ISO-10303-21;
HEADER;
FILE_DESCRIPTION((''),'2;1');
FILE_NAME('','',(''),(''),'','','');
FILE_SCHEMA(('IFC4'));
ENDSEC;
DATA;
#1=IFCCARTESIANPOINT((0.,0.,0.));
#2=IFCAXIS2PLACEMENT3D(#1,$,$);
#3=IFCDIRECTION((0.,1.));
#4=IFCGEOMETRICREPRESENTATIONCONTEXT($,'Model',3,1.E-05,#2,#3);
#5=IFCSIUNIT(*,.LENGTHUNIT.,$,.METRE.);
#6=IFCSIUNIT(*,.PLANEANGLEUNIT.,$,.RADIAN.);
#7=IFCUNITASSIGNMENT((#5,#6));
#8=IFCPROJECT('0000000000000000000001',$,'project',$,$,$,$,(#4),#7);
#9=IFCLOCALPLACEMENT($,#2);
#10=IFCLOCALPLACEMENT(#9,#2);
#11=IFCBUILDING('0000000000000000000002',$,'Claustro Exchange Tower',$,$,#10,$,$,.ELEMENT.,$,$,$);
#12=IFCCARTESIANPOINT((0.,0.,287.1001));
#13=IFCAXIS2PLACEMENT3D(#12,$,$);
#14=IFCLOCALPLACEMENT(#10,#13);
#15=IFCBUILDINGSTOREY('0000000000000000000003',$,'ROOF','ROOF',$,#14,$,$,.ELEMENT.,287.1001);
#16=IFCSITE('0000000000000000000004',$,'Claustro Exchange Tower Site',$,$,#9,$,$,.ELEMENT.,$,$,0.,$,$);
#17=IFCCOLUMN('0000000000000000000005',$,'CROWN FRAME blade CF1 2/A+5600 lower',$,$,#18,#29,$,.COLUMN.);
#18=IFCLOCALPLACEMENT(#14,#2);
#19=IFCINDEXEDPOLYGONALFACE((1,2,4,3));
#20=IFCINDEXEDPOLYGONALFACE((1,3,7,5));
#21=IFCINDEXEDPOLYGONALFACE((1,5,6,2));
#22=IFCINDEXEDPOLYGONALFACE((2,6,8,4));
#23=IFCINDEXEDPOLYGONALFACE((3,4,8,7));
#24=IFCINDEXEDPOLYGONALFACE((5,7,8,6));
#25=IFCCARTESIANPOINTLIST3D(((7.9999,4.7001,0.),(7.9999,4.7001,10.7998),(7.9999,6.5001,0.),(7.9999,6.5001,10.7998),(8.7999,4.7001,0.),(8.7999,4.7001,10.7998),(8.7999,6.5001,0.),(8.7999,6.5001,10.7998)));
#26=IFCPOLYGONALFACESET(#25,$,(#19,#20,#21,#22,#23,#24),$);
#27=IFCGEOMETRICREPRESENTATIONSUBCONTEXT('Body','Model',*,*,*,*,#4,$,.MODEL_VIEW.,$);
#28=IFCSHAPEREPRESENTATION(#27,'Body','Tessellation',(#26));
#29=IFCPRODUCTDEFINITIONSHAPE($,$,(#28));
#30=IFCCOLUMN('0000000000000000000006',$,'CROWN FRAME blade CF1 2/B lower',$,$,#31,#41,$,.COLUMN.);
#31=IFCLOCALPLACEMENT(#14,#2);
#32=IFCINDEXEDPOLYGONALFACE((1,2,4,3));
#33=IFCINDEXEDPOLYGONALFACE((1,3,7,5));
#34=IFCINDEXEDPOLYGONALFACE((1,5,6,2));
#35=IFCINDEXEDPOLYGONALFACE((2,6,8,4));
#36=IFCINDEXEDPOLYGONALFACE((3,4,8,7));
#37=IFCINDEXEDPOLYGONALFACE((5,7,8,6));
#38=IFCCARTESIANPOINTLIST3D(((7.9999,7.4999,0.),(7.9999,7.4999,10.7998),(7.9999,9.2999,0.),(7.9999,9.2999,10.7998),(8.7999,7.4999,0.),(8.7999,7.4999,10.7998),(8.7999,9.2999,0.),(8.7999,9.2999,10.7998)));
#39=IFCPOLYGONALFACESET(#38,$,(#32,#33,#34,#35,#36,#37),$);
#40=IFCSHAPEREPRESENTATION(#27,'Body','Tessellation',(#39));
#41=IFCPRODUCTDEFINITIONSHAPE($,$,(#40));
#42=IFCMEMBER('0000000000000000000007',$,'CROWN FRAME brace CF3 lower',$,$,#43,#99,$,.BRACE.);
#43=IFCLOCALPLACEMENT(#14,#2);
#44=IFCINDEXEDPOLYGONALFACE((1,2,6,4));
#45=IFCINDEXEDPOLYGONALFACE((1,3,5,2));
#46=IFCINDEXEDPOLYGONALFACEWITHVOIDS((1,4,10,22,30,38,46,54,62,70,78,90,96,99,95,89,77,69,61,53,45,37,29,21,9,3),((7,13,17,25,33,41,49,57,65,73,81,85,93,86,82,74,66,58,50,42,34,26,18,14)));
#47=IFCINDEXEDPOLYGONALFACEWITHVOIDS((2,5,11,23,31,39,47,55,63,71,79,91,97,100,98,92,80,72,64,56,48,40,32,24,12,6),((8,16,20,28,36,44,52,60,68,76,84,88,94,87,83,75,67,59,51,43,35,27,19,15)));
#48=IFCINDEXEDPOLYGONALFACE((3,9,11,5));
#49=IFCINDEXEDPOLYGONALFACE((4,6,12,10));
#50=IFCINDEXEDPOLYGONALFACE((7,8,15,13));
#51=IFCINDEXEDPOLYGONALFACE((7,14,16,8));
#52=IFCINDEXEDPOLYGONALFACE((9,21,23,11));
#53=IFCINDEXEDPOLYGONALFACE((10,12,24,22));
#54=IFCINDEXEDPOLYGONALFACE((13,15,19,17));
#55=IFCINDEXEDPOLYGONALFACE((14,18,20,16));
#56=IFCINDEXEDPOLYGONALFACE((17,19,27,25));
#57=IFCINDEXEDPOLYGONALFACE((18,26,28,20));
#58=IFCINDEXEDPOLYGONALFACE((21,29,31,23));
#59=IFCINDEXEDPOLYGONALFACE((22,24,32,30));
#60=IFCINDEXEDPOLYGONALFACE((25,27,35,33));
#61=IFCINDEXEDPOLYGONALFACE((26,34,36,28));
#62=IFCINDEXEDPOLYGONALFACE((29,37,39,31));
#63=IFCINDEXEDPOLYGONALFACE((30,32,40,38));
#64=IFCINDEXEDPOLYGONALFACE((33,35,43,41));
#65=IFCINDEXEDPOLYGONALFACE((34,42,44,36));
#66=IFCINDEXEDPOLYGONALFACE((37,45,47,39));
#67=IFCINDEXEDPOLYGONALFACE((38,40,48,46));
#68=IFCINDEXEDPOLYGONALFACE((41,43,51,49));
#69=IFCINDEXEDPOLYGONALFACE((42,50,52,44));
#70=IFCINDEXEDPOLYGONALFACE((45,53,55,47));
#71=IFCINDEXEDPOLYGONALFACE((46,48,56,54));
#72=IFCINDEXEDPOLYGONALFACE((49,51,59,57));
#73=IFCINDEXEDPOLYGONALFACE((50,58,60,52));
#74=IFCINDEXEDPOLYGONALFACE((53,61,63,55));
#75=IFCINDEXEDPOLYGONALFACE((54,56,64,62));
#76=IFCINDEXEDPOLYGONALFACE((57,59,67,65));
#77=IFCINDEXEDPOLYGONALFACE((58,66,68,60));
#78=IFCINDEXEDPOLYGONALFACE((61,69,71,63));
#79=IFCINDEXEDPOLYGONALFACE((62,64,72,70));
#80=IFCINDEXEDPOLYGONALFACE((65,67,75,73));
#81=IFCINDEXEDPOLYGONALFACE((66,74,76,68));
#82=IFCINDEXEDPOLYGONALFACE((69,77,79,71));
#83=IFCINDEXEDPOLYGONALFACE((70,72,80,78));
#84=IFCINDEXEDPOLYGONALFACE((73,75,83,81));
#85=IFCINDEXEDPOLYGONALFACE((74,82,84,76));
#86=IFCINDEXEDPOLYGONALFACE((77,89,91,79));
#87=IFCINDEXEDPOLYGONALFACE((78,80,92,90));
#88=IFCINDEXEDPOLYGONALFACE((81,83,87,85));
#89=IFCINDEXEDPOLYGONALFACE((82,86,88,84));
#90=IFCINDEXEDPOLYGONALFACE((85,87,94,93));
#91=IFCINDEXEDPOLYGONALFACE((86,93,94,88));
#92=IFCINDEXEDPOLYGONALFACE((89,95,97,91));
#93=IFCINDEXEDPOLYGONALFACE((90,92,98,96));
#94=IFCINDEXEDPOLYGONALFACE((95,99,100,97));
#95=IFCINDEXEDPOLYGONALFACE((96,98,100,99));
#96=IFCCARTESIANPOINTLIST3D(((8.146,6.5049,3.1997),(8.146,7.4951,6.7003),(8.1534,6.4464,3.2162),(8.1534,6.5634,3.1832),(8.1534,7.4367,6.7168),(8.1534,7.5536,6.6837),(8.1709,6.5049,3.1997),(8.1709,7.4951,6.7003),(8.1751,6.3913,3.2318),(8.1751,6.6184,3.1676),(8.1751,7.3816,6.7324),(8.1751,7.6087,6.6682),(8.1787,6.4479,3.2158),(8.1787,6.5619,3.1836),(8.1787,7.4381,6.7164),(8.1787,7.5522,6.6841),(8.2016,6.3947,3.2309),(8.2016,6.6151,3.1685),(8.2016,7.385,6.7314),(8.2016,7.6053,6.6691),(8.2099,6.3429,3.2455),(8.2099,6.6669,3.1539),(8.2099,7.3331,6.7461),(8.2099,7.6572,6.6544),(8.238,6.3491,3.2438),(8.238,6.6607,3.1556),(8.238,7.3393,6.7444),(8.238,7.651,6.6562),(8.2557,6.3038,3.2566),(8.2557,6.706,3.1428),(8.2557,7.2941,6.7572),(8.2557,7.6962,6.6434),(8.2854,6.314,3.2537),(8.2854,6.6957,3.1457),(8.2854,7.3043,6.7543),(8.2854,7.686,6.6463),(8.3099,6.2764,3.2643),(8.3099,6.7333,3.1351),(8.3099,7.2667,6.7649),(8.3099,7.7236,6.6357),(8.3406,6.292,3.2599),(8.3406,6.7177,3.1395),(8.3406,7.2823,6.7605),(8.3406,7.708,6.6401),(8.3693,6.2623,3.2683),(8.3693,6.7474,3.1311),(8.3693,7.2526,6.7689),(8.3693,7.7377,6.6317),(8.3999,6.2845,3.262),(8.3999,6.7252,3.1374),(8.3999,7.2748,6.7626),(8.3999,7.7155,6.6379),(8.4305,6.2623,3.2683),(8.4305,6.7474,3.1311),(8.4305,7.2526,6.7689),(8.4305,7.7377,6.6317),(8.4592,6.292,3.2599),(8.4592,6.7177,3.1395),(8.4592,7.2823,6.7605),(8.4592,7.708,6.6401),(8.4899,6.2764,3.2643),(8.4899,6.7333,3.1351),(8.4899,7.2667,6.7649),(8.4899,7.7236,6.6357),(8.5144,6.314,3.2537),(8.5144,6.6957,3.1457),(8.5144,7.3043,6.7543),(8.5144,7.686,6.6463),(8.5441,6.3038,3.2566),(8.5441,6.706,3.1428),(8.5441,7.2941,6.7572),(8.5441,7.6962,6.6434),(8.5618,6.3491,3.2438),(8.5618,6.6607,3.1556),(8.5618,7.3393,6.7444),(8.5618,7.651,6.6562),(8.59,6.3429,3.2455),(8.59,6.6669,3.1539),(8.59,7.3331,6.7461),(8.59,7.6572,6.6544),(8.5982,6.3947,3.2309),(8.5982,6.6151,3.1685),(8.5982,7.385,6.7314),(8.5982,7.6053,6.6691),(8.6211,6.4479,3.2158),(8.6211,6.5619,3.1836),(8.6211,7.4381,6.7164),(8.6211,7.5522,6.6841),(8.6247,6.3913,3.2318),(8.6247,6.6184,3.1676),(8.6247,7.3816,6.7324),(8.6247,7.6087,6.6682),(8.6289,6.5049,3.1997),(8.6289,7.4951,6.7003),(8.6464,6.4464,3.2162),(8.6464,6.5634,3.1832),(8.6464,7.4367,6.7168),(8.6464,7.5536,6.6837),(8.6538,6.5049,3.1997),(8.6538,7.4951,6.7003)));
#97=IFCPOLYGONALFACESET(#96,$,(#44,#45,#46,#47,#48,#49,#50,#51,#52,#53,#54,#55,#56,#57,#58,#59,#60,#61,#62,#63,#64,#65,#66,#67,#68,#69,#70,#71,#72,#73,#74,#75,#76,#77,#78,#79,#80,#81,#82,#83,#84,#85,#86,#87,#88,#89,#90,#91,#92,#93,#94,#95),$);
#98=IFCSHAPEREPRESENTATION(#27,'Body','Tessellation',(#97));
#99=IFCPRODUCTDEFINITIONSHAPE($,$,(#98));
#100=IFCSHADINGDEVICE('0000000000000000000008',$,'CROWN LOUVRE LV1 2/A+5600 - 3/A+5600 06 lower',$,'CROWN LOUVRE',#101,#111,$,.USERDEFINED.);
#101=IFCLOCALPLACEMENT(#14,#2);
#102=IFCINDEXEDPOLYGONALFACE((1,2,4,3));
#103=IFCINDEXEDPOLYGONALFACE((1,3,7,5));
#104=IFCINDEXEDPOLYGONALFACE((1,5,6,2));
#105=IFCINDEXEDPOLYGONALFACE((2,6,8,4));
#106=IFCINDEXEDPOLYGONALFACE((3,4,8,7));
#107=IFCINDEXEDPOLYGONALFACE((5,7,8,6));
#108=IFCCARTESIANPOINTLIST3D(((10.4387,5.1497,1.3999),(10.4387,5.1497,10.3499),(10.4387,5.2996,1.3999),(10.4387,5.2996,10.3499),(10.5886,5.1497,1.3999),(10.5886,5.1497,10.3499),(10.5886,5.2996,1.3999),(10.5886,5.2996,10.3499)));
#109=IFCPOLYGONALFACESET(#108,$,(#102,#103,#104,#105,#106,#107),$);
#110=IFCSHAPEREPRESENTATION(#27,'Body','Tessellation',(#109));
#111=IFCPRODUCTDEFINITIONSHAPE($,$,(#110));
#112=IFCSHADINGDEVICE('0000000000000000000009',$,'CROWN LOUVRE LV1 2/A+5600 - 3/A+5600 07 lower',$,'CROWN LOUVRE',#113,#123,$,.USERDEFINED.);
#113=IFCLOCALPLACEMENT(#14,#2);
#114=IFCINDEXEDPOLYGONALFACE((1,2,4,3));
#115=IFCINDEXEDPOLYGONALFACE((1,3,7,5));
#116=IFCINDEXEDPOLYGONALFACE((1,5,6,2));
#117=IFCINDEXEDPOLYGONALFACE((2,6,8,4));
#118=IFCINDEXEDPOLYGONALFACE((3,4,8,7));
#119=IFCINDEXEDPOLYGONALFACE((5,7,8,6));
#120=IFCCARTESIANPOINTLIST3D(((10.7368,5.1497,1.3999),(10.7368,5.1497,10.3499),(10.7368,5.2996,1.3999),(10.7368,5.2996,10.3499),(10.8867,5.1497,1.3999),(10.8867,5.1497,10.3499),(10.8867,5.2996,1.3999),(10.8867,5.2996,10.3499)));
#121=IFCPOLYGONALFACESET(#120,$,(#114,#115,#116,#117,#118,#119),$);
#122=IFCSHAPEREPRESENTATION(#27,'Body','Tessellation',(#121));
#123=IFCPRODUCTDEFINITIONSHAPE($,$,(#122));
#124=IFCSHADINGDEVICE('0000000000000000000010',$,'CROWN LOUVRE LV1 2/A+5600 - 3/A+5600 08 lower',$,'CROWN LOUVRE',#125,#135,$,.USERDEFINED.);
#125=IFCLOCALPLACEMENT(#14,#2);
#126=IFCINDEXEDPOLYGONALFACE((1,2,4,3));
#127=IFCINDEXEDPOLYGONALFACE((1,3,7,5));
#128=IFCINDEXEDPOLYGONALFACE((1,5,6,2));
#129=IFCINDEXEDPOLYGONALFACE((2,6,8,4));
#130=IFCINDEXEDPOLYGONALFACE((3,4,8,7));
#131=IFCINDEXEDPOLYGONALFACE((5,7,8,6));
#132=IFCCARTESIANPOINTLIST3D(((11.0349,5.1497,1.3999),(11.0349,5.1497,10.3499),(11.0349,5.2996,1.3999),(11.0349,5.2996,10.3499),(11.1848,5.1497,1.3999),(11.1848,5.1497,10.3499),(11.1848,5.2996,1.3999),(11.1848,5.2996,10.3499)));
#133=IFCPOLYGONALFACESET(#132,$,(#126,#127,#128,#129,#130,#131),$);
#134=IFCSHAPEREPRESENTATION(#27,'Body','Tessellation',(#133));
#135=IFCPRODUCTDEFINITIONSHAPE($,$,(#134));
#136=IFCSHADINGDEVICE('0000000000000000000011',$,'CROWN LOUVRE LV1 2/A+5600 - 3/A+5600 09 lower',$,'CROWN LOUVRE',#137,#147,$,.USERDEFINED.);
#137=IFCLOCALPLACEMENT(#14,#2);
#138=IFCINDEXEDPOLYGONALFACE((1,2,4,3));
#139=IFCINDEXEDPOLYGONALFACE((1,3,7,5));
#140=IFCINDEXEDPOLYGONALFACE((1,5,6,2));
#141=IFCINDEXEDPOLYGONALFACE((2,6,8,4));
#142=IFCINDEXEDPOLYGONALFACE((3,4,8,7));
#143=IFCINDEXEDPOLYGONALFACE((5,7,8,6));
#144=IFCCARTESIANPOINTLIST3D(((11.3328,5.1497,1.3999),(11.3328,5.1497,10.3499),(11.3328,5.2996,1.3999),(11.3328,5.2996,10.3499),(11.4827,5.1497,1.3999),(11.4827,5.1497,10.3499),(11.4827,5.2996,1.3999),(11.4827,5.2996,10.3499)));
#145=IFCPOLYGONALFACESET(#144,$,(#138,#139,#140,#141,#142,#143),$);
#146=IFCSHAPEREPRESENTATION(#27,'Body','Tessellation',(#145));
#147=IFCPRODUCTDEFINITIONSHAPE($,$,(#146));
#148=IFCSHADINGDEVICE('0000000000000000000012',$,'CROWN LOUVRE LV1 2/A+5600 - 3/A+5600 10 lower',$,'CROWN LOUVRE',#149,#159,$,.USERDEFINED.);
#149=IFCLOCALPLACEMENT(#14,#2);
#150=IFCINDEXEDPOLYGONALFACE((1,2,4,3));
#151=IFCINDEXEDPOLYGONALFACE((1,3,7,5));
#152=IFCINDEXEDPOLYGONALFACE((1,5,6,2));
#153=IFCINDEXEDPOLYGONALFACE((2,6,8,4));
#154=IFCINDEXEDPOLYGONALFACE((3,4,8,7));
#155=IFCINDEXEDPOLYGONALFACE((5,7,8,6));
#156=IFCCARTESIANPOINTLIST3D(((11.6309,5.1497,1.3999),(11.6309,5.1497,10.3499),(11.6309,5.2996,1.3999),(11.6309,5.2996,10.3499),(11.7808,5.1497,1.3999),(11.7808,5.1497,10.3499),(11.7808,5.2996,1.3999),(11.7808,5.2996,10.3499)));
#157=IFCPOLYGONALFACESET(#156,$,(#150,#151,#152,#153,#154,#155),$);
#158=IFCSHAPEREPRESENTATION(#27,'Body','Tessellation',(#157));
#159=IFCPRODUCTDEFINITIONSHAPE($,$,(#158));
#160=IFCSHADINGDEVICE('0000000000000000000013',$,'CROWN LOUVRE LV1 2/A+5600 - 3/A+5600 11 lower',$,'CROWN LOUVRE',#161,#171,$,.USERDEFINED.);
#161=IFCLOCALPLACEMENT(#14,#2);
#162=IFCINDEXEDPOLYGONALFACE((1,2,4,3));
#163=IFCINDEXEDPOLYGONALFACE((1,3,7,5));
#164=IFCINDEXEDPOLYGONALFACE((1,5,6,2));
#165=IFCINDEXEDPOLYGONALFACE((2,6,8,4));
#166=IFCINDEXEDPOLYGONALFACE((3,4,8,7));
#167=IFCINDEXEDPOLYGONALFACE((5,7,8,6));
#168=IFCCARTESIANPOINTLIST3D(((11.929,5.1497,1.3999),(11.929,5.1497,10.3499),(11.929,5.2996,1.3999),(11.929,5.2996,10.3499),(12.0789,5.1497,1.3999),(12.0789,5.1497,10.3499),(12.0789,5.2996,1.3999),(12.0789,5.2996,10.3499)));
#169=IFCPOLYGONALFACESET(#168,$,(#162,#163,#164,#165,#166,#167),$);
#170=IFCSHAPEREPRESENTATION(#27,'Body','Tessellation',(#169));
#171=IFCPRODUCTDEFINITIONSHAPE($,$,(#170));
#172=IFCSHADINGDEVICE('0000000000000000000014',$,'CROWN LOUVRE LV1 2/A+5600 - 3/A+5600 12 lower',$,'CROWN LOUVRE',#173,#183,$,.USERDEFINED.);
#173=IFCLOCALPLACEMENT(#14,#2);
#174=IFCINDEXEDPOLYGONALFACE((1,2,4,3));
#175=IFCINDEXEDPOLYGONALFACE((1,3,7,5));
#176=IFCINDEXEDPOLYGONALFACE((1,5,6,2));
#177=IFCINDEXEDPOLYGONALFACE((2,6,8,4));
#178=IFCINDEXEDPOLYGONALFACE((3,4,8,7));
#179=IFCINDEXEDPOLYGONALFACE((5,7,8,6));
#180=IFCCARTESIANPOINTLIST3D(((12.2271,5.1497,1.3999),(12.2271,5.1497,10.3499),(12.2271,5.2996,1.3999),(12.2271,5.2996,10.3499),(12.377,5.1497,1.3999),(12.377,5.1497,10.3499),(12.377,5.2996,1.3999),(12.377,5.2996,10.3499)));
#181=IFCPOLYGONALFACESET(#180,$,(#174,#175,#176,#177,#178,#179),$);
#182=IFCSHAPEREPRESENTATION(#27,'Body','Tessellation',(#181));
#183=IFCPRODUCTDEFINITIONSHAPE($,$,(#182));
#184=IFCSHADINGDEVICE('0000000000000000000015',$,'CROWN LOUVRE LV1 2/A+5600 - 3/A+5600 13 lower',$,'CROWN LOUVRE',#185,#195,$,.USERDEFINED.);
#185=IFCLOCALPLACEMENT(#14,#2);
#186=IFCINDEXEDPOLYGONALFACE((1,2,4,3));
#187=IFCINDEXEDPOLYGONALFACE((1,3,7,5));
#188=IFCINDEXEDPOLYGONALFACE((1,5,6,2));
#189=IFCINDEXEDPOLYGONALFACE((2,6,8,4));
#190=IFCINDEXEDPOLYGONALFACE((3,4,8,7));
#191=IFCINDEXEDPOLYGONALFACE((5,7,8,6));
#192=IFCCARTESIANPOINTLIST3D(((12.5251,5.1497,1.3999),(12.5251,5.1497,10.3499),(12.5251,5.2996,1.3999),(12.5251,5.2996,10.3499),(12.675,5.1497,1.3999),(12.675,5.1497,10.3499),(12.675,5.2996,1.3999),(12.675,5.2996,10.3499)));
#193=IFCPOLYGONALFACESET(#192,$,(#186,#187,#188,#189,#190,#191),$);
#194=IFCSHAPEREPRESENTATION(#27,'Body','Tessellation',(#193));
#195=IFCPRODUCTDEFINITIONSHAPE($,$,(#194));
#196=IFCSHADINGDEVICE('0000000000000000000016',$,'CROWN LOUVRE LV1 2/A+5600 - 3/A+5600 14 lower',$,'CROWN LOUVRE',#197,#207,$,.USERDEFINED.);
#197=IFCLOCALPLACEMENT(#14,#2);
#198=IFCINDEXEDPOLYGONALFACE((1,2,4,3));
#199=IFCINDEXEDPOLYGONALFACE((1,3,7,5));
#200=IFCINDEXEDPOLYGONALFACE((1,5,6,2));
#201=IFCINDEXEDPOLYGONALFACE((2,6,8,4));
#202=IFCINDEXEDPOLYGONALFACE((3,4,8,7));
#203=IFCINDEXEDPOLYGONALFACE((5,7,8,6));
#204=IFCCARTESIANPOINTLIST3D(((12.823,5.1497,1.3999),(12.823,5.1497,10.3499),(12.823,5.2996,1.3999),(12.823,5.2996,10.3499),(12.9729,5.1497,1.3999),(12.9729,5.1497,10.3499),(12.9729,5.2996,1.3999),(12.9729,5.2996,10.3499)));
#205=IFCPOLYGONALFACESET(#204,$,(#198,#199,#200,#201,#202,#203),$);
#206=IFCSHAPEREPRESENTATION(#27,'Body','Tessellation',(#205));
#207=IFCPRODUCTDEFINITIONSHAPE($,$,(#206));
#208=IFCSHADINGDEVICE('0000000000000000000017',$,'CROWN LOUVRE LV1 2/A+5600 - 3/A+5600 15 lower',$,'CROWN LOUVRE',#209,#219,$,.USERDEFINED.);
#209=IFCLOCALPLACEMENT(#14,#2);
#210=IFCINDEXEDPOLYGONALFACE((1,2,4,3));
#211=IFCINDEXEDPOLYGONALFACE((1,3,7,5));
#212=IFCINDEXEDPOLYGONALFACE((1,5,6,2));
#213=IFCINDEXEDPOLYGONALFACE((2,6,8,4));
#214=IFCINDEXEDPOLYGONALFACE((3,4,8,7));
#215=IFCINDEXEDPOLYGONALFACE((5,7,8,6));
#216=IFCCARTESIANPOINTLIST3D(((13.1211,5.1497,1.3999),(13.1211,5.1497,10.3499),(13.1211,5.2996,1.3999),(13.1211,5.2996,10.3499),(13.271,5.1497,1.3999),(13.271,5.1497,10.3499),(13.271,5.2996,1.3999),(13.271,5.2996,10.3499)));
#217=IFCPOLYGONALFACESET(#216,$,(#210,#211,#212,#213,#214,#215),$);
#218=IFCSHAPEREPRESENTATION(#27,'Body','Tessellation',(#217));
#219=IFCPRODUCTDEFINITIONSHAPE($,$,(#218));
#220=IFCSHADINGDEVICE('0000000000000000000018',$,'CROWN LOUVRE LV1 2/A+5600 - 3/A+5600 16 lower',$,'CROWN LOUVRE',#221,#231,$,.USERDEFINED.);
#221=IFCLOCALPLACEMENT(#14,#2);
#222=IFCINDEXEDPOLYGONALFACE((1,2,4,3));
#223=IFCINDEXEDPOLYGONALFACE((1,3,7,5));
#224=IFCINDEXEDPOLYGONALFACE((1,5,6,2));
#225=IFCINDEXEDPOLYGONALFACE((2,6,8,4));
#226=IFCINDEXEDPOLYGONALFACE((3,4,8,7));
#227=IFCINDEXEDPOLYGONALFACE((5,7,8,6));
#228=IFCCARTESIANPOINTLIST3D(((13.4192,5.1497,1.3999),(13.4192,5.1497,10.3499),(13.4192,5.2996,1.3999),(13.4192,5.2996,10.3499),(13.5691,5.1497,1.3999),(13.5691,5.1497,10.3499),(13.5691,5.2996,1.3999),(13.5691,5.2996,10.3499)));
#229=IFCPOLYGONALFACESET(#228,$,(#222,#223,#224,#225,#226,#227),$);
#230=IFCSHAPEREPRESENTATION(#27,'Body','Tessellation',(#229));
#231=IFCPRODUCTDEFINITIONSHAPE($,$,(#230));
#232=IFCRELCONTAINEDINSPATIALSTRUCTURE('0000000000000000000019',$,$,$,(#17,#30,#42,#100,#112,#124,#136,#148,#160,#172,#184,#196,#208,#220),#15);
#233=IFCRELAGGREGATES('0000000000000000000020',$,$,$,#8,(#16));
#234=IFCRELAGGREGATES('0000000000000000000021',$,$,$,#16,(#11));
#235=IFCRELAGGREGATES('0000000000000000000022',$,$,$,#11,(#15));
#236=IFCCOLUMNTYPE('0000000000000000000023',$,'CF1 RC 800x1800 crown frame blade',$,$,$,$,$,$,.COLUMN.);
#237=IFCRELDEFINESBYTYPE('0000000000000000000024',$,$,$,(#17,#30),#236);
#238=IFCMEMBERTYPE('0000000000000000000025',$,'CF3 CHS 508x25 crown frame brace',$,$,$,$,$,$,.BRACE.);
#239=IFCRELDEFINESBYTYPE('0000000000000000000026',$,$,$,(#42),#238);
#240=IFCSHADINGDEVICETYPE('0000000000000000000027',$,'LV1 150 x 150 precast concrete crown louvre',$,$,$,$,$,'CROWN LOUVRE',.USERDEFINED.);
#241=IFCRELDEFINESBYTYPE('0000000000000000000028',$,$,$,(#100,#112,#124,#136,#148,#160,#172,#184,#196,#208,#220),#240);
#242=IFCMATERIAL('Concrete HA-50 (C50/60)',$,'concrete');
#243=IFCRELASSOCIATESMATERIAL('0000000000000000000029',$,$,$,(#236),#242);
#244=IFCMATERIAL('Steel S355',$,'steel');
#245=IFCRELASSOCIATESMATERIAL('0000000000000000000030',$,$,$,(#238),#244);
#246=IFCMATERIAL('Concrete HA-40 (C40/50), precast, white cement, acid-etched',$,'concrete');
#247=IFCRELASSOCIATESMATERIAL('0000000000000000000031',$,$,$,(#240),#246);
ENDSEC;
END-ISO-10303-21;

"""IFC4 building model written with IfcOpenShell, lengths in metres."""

from ifc_helpers import new_model, si_unit, direction, frame, origin, origin_2d, place, context, subcontext, project, spatial, rectangle, hollow_circle, extrude, material, material_profile, profile_set, type_object, element, save


model = new_model("IFC4")

# Units and contexts
model_context = context("Model", 3, precision=1e-05, world=origin(), true_north=direction((0.0, 1.0)))
body_context = subcontext(model_context, "Body", "Model", "MODEL_VIEW")
ifc_project = project(units=[si_unit("LENGTHUNIT", "METRE"), si_unit("PLANEANGLEUNIT", "RADIAN")], contexts=[model_context])

# Site, building, storey
site_placement = place(None, origin())
site = spatial("IfcSite", under=ifc_project, at=site_placement, Name="Claustro Exchange Tower Site", CompositionType="ELEMENT", RefElevation=0.0)
building_placement = place(site_placement, origin())
building = spatial("IfcBuilding", under=site, at=building_placement, Name="Claustro Exchange Tower", CompositionType="ELEMENT")
storey_placement = place(building_placement, frame((0.0, 0.0, 287.1001)))
storey = spatial("IfcBuildingStorey", under=building, at=storey_placement, Name="ROOF", Description="ROOF", CompositionType="ELEMENT", Elevation=287.1001)

# Columns
ifc_material_1 = material(Name="Concrete HA-50 (C50/60)", Category="concrete")
ifc_material_profile_1 = material_profile(ifc_material_1, rectangle(XDim=0.8, YDim=1.8, at=origin_2d()), Name="RC 800x1800")
ifc_profile_set_1 = profile_set([ifc_material_profile_1], Name="Concrete HA-50 (C50/60)")
column_type = type_object("IfcColumnType", Name="CF1 RC 800x1800 crown frame blade", PredefinedType="COLUMN", material=ifc_profile_set_1)
for number, where, z_axis, x_axis, name in (
    (1, (8.3999, 5.6001, 0.0), (0.0, 0.0, 1.0), (1.0, 0.0, 0.0), "CROWN FRAME blade CF1 2/A+5600 lower"),
    (2, (8.3999, 8.3999, 0.0), (0.0, 0.0, 1.0), (1.0, 0.0, 0.0), "CROWN FRAME blade CF1 2/B lower"),
):
    element("IfcColumn", number, at=place(storey_placement, frame(where, z_axis=z_axis, x_axis=x_axis)), inside=storey, type_object=column_type, Name=name, PredefinedType="COLUMN", context=body_context, shape_type="SweptSolid", body=[
        extrude(rectangle(XDim=0.8, YDim=1.8, at=origin_2d()), origin(), (0.0, 0.0, 1.0), 10.7998),
    ])

# Member
ifc_material_2 = material(Name="Steel S355", Category="steel")
ifc_material_profile_2 = material_profile(ifc_material_2, hollow_circle(Radius=0.2539, WallThickness=0.0249, at=origin_2d()), Name="CHS 508x25")
ifc_profile_set_2 = profile_set([ifc_material_profile_2], Name="Steel S355")
member_type = type_object("IfcMemberType", Name="CF3 CHS 508x25 crown frame brace", PredefinedType="BRACE", material=ifc_profile_set_2)
member_placement = place(storey_placement, frame((8.3999, 6.5049, 3.1997), z_axis=(0.0, 0.272203, 0.96224), x_axis=(-1.0, 0.0, 0.0)))
element("IfcMember", 3, at=member_placement, inside=storey, type_object=member_type, Name="CROWN FRAME brace CF3 lower", PredefinedType="BRACE", context=body_context, shape_type="SweptSolid", body=[
    extrude(hollow_circle(Radius=0.2539, WallThickness=0.0249, at=origin_2d()), origin(), (0.0, 0.0, 1.0), 3.6379),
])

# Shading devices
ifc_material_3 = material(Name="Concrete HA-40 (C40/50), precast, white cement, acid-etched", Category="concrete")
shading_device_type = type_object("IfcShadingDeviceType", Name="LV1 150 x 150 precast concrete crown louvre", ElementType="CROWN LOUVRE", PredefinedType="USERDEFINED", material=ifc_material_3)
for number, where, z_axis, x_axis, name in (
    (4, (10.5137, 5.2246, 1.3999), (0.0, 0.0, 1.0), (1.0, 0.0, 0.0), "CROWN LOUVRE LV1 2/A+5600 - 3/A+5600 06 lower"),
    (5, (10.8118, 5.2246, 1.3999), (0.0, 0.0, 1.0), (1.0, 0.0, 0.0), "CROWN LOUVRE LV1 2/A+5600 - 3/A+5600 07 lower"),
    (6, (11.1099, 5.2246, 1.3999), (0.0, 0.0, 1.0), (1.0, 0.0, 0.0), "CROWN LOUVRE LV1 2/A+5600 - 3/A+5600 08 lower"),
    (7, (11.4077, 5.2246, 1.3999), (0.0, 0.0, 1.0), (1.0, 0.0, 0.0), "CROWN LOUVRE LV1 2/A+5600 - 3/A+5600 09 lower"),
    (8, (11.7058, 5.2246, 1.3999), (0.0, 0.0, 1.0), (1.0, 0.0, 0.0), "CROWN LOUVRE LV1 2/A+5600 - 3/A+5600 10 lower"),
    (9, (12.0039, 5.2246, 1.3999), (0.0, 0.0, 1.0), (1.0, 0.0, 0.0), "CROWN LOUVRE LV1 2/A+5600 - 3/A+5600 11 lower"),
    (10, (12.302, 5.2246, 1.3999), (0.0, 0.0, 1.0), (1.0, 0.0, 0.0), "CROWN LOUVRE LV1 2/A+5600 - 3/A+5600 12 lower"),
    (11, (12.6001, 5.2246, 1.3999), (0.0, 0.0, 1.0), (1.0, 0.0, 0.0), "CROWN LOUVRE LV1 2/A+5600 - 3/A+5600 13 lower"),
    (12, (12.8979, 5.2246, 1.3999), (0.0, 0.0, 1.0), (1.0, 0.0, 0.0), "CROWN LOUVRE LV1 2/A+5600 - 3/A+5600 14 lower"),
    (13, (13.196, 5.2246, 1.3999), (0.0, 0.0, 1.0), (1.0, 0.0, 0.0), "CROWN LOUVRE LV1 2/A+5600 - 3/A+5600 15 lower"),
    (14, (13.4941, 5.2246, 1.3999), (0.0, 0.0, 1.0), (1.0, 0.0, 0.0), "CROWN LOUVRE LV1 2/A+5600 - 3/A+5600 16 lower"),
):
    element("IfcShadingDevice", number, at=place(storey_placement, frame(where, z_axis=z_axis, x_axis=x_axis)), inside=storey, type_object=shading_device_type, Name=name, ObjectType="CROWN LOUVRE", PredefinedType="USERDEFINED", context=body_context, shape_type="SweptSolid", body=[
        extrude(rectangle(XDim=0.1499, YDim=0.1499, at=origin_2d()), origin(), (0.0, 0.0, 1.0), 8.95),
    ])

save(model, "model.ifc")
